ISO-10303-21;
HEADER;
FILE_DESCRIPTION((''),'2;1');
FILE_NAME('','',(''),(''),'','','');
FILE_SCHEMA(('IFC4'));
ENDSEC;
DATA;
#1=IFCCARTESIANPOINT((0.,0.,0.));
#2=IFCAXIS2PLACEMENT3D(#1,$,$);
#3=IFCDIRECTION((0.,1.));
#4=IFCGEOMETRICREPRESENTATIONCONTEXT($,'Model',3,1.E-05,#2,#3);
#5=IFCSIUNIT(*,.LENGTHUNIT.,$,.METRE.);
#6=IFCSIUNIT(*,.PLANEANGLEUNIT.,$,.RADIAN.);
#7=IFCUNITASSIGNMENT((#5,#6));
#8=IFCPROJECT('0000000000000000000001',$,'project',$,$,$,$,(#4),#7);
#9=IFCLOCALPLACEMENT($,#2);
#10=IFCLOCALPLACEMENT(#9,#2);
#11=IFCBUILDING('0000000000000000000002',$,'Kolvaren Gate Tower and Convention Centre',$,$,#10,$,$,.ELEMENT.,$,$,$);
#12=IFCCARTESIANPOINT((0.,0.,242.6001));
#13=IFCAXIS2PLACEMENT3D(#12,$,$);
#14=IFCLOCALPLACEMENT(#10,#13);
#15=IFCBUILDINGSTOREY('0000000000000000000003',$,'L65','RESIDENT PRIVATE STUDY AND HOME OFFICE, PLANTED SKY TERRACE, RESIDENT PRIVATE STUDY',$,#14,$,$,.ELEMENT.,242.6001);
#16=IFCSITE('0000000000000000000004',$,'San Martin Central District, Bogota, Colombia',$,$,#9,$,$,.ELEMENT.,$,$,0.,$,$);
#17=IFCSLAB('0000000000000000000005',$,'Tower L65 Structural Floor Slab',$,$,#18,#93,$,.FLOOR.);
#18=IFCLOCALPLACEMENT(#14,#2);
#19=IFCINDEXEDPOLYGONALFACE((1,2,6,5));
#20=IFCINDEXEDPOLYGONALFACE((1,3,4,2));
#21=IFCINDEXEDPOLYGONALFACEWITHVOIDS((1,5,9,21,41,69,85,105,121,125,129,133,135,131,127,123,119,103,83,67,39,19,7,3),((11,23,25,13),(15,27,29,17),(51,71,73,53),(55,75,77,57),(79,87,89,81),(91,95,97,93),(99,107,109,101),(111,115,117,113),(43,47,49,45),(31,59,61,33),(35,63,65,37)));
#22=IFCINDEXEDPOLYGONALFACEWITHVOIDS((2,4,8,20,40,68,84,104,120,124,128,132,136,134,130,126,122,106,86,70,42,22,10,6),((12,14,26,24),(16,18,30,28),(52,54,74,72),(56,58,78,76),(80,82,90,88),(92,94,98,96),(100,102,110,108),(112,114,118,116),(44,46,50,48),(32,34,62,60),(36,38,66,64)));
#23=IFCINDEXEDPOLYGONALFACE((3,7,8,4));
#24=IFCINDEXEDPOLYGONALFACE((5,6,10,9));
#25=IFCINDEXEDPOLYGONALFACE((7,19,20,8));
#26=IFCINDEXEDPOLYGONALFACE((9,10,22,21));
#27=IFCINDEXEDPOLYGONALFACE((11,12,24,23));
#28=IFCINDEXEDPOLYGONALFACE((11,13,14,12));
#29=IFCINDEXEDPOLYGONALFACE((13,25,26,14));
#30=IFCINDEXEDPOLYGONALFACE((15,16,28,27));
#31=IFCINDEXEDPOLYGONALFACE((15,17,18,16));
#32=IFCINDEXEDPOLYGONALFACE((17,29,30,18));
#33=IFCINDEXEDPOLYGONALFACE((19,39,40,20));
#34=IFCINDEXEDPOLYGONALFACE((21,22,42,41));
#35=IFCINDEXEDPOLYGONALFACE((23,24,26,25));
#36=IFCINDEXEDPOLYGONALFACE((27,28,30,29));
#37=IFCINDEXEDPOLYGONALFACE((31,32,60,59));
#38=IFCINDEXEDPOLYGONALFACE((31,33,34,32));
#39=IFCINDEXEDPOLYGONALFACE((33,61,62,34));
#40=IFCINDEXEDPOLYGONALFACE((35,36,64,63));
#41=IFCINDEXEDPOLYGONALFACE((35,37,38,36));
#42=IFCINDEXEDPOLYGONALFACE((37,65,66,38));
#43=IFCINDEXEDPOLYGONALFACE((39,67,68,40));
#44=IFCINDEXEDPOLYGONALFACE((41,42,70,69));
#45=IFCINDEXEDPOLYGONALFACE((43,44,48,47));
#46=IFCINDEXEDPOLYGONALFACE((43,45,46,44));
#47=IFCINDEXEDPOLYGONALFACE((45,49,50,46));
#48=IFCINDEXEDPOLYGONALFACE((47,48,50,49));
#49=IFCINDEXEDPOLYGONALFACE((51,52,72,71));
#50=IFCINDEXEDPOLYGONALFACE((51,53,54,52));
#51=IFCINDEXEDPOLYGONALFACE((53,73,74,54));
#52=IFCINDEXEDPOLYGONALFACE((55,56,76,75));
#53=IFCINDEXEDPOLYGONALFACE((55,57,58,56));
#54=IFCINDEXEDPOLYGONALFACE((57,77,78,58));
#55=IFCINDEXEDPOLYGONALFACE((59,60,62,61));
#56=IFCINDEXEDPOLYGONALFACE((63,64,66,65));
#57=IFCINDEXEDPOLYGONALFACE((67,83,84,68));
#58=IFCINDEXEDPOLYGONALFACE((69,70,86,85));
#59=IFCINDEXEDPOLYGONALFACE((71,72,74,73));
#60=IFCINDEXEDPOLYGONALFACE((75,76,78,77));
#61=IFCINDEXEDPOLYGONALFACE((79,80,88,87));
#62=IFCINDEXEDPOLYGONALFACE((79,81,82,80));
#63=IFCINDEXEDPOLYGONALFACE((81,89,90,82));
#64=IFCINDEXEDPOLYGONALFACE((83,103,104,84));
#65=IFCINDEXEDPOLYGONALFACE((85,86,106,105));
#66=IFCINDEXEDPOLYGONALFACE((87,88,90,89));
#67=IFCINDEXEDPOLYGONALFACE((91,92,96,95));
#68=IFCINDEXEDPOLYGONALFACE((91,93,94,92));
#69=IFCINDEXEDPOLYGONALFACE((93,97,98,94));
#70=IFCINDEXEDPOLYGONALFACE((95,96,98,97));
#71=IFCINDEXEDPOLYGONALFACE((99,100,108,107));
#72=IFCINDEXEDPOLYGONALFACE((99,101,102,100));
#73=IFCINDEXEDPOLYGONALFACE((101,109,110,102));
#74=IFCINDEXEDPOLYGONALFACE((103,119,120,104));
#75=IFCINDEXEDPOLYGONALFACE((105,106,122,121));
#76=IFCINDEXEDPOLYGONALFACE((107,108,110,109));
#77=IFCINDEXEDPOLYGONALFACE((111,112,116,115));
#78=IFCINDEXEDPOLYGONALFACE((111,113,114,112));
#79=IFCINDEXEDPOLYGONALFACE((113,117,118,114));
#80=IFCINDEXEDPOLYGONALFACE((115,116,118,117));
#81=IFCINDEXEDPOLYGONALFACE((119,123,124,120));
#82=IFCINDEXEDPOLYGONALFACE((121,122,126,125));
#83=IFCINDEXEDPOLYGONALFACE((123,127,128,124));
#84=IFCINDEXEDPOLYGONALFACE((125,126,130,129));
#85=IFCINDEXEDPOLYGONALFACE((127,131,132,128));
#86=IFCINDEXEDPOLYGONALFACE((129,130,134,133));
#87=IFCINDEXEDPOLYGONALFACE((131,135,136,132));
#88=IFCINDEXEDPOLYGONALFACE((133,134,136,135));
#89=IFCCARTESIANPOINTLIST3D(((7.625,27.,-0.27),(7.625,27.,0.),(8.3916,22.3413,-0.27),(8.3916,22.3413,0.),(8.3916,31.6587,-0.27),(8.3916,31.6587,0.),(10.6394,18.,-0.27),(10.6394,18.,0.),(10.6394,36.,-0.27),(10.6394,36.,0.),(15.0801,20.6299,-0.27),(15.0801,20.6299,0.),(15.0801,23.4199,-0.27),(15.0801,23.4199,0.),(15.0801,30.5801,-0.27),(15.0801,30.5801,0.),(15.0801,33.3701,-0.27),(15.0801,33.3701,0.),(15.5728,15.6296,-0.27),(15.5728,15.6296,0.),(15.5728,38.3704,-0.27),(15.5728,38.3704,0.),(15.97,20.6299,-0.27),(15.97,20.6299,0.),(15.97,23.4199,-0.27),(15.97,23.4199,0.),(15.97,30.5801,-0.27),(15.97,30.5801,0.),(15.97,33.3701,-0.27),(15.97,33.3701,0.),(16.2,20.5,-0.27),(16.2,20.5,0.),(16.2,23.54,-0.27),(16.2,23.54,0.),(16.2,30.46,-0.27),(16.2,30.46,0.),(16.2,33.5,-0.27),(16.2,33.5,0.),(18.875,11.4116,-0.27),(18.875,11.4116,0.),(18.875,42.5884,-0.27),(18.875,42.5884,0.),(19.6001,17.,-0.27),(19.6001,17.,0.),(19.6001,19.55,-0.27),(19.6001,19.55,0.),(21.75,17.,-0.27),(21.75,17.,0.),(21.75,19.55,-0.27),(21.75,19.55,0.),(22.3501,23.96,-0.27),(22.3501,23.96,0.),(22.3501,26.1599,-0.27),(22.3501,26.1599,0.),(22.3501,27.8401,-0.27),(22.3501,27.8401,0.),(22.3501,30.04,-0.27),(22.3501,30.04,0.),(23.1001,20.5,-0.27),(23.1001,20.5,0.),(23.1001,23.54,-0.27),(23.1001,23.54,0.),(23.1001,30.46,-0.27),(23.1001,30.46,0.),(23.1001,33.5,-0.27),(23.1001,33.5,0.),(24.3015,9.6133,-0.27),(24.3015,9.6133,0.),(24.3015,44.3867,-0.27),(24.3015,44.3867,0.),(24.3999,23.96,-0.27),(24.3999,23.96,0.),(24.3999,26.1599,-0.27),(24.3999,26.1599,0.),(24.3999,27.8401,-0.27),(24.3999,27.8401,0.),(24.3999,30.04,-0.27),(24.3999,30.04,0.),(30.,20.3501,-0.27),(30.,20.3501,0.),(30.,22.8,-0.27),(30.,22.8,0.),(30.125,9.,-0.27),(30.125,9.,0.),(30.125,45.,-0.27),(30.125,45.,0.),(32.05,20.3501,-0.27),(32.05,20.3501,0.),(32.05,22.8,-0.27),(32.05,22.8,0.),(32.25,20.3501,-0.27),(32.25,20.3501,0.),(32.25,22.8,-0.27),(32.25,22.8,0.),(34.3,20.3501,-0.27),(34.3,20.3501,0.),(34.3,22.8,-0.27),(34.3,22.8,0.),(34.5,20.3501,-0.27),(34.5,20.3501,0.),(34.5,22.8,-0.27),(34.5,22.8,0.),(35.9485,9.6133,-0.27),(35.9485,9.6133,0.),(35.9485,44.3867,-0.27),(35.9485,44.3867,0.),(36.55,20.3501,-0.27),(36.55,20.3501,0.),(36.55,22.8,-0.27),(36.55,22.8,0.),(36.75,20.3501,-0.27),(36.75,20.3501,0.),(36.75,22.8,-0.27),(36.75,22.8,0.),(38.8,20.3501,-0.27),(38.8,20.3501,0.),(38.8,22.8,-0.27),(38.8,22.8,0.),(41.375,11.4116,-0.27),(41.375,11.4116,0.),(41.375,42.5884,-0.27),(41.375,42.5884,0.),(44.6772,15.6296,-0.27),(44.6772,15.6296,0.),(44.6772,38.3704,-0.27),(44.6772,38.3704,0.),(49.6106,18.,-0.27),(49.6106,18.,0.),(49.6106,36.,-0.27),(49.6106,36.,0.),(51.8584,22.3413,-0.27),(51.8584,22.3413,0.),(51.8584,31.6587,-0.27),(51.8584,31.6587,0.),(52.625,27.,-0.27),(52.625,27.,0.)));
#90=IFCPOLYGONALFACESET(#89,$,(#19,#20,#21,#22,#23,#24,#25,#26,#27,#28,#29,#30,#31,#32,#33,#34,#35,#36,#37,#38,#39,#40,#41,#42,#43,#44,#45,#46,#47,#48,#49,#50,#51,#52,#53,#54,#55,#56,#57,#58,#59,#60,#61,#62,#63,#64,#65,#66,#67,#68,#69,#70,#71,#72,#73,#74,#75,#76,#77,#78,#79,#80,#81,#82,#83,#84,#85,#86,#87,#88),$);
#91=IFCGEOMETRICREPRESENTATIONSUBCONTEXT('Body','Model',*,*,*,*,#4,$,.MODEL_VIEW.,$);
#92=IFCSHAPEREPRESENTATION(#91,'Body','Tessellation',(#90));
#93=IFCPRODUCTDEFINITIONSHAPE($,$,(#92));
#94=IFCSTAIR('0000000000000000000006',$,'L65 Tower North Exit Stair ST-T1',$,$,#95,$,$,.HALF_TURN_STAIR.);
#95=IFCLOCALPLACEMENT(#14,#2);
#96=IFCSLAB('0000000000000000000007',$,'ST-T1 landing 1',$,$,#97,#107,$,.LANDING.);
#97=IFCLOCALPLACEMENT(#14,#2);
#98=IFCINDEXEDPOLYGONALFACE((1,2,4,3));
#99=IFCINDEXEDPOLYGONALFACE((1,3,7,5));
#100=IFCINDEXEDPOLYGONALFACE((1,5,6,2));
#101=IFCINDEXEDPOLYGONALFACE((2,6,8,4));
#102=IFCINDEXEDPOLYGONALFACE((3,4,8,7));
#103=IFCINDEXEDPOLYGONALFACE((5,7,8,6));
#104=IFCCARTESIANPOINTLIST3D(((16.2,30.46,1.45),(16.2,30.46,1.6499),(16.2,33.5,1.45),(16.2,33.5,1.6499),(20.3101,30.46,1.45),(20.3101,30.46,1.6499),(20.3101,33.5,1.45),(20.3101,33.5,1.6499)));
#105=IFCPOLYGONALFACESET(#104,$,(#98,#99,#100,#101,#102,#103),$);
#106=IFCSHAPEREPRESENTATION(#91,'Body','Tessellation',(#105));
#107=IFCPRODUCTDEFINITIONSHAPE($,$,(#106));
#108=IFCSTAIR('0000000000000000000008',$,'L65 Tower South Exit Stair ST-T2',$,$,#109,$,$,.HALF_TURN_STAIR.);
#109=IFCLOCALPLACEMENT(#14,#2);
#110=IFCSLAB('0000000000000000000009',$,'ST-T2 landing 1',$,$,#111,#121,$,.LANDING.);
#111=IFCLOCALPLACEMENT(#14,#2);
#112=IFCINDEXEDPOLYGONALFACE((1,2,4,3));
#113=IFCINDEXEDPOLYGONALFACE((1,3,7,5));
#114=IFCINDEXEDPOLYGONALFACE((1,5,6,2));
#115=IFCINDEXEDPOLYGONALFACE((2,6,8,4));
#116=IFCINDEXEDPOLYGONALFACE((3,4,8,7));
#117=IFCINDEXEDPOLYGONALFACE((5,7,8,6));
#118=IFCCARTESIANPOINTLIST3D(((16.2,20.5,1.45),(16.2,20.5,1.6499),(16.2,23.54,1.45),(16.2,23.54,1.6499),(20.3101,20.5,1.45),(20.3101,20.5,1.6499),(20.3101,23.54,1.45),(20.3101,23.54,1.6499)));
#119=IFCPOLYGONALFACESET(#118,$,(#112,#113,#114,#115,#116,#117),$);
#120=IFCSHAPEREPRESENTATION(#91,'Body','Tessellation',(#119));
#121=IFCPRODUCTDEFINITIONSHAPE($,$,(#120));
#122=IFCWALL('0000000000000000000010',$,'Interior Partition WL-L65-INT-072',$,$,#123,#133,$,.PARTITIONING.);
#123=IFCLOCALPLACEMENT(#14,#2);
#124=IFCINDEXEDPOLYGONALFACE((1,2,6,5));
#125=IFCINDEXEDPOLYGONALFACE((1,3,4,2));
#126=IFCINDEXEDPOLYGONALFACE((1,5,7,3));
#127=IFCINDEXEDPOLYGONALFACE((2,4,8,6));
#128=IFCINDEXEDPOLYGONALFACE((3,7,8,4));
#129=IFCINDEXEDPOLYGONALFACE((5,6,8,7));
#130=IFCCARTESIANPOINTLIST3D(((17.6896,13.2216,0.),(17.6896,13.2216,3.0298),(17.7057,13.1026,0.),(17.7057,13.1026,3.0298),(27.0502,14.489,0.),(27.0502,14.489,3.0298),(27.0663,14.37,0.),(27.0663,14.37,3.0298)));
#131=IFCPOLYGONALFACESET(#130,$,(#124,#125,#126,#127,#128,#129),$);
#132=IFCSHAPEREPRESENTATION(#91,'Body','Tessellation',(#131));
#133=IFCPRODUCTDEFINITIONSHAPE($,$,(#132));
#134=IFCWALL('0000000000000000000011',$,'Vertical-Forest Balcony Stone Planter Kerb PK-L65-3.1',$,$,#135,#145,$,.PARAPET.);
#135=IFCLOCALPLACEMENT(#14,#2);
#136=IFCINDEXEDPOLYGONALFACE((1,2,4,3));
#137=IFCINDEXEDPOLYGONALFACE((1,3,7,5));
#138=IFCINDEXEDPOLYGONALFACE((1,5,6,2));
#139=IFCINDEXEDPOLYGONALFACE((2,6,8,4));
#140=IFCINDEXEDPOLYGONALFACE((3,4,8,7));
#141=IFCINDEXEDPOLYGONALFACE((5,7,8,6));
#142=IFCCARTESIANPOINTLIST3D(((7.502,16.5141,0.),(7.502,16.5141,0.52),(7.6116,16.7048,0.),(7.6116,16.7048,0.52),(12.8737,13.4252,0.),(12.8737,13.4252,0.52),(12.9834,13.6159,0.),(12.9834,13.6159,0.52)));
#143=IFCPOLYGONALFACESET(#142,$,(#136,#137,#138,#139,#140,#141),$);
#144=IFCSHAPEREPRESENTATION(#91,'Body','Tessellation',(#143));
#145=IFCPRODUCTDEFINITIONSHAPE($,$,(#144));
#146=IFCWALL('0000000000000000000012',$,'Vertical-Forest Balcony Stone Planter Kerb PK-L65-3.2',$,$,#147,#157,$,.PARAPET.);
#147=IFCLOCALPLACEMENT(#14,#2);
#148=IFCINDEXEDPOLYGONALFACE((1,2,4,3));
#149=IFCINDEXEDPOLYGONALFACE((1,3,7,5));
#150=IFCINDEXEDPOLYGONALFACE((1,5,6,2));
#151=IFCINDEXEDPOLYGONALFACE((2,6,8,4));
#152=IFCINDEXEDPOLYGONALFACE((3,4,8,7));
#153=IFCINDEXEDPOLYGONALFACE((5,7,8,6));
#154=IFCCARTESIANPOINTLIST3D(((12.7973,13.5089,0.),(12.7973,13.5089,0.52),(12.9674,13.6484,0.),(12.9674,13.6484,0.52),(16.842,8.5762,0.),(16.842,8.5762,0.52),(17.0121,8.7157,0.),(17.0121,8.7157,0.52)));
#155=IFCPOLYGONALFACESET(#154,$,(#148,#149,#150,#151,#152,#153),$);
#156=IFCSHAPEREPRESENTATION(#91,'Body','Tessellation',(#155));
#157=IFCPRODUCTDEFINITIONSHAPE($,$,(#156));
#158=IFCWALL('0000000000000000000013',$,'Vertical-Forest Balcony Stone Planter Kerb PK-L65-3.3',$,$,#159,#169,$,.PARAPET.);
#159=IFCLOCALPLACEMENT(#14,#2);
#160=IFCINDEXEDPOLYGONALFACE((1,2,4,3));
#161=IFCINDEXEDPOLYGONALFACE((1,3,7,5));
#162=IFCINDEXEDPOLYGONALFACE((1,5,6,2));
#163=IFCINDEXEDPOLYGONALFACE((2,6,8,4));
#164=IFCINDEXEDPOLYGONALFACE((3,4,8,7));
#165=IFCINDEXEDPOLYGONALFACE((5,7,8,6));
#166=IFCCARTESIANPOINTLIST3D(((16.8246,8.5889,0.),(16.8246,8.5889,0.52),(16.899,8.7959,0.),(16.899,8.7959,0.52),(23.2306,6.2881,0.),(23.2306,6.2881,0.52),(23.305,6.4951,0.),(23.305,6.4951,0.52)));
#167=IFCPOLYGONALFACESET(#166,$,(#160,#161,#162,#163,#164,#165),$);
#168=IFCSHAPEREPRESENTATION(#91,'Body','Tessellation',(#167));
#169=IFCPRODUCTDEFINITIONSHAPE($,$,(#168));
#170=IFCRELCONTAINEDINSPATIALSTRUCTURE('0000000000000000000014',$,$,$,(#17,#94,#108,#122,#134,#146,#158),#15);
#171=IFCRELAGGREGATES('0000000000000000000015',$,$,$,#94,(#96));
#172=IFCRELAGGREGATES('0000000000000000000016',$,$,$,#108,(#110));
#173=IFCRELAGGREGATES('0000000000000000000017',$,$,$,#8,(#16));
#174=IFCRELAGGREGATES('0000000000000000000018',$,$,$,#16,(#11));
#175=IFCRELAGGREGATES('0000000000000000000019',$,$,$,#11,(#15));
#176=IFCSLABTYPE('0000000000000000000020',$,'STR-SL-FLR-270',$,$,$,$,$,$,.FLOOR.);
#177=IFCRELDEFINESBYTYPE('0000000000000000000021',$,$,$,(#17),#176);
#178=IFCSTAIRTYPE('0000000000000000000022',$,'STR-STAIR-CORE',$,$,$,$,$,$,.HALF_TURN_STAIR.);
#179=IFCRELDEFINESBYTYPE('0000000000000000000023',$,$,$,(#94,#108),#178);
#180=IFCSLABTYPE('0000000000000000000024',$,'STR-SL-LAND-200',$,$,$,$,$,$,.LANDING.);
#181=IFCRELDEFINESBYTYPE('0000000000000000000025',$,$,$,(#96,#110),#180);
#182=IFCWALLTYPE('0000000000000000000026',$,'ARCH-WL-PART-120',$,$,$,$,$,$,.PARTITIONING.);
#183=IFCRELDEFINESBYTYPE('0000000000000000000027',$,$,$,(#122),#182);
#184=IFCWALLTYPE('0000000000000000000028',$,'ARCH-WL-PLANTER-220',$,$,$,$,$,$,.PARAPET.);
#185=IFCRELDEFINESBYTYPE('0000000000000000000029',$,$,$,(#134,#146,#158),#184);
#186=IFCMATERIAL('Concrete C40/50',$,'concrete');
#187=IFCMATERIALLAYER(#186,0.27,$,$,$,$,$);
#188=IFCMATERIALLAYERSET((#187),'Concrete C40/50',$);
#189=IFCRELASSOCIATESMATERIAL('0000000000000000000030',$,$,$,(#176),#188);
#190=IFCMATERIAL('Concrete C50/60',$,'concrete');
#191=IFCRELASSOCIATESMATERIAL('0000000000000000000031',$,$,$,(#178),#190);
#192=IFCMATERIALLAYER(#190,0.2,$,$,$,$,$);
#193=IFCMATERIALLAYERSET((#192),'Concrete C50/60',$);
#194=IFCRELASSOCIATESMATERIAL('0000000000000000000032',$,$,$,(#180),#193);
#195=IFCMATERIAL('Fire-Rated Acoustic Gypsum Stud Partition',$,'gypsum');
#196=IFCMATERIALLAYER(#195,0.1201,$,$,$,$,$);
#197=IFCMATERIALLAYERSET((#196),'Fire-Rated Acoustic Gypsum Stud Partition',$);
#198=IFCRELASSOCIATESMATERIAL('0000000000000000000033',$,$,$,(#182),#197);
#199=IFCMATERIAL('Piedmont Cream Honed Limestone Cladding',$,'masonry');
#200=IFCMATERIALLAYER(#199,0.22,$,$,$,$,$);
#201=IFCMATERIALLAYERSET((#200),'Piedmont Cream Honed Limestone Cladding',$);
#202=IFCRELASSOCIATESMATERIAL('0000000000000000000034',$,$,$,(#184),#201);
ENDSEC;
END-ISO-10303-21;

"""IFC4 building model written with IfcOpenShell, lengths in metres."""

from ifc_helpers import new_model, si_unit, direction, frame, frame_2d, origin, place, context, subcontext, project, spatial, polyline, rectangle, outline, extrude, material, layer, layer_set, type_object, element, aggregate, save


model = new_model("IFC4")

# Units and contexts
model_context = context("Model", 3, precision=1e-05, world=origin(), true_north=direction((0.0, 1.0)))
body_context = subcontext(model_context, "Body", "Model", "MODEL_VIEW")
ifc_project = project(units=[si_unit("LENGTHUNIT", "METRE"), si_unit("PLANEANGLEUNIT", "RADIAN")], contexts=[model_context])

# Site, building, storey
site_placement = place(None, origin())
site = spatial("IfcSite", under=ifc_project, at=site_placement, Name="San Martin Central District, Bogota, Colombia", CompositionType="ELEMENT", RefElevation=0.0)
building_placement = place(site_placement, origin())
building = spatial("IfcBuilding", under=site, at=building_placement, Name="Kolvaren Gate Tower and Convention Centre", CompositionType="ELEMENT")
storey_placement = place(building_placement, frame((0.0, 0.0, 242.6001)))
storey = spatial("IfcBuildingStorey", under=building, at=storey_placement, Name="L65", Description="RESIDENT PRIVATE STUDY AND HOME OFFICE, PLANTED SKY TERRACE, RESIDENT PRIVATE STUDY", CompositionType="ELEMENT", Elevation=242.6001)

# Slab
ifc_material_1 = material(Name="Concrete C50/60", Category="concrete")
ifc_material_2 = material(Name="Concrete C40/50", Category="concrete")
ifc_layer_1 = layer(ifc_material_2, 0.27)
ifc_layer_set_1 = layer_set([ifc_layer_1], Name="Concrete C40/50")
slab_type_1 = type_object("IfcSlabType", Name="STR-SL-FLR-270", PredefinedType="FLOOR", material=ifc_layer_set_1)
slab_1_placement = place(storey_placement, frame((0.0, 0.0, -0.27)))
element("IfcSlab", 1, at=slab_1_placement, inside=storey, type_object=slab_type_1, Name="Tower L65 Structural Floor Slab", PredefinedType="FLOOR", context=body_context, shape_type="SweptSolid", body=[
    extrude(outline(polyline([(52.625, 27.0), (51.8584, 31.6587), (49.6106, 36.0), (44.6772, 38.3704), (41.375, 42.5884), (35.9485, 44.3867), (30.125, 45.0), (24.3015, 44.3867), (18.875, 42.5884), (15.5728, 38.3704), (10.6394, 36.0), (8.3916, 31.6587), (7.625, 27.0), (8.3916, 22.3413), (10.6394, 18.0), (15.5728, 15.6296), (18.875, 11.4116), (24.3015, 9.6133), (30.125, 9.0), (35.9485, 9.6133), (41.375, 11.4116), (44.6772, 15.6296), (49.6106, 18.0), (51.8584, 22.3413), (52.625, 27.0)]), holes=[polyline([(36.75, 20.3501), (36.75, 22.8), (38.8, 22.8), (38.8, 20.3501), (36.75, 20.3501)]), polyline([(36.55, 20.3501), (34.5, 20.3501), (34.5, 22.8), (36.55, 22.8), (36.55, 20.3501)]), polyline([(32.25, 20.3501), (32.25, 22.8), (34.3, 22.8), (34.3, 20.3501), (32.25, 20.3501)]), polyline([(30.0, 20.3501), (30.0, 22.8), (32.05, 22.8), (32.05, 20.3501), (30.0, 20.3501)]), polyline([(22.3501, 23.96), (22.3501, 26.1599), (24.3999, 26.1599), (24.3999, 23.96), (22.3501, 23.96)]), polyline([(22.3501, 27.8401), (22.3501, 30.04), (24.3999, 30.04), (24.3999, 27.8401), (22.3501, 27.8401)]), polyline([(16.2, 23.54), (23.1001, 23.54), (23.1001, 20.5), (16.2, 20.5), (16.2, 23.54)]), polyline([(16.2, 33.5), (23.1001, 33.5), (23.1001, 30.46), (16.2, 30.46), (16.2, 33.5)]), polyline([(21.75, 17.0), (19.6001, 17.0), (19.6001, 19.55), (21.75, 19.55), (21.75, 17.0)]), polyline([(15.0801, 30.5801), (15.0801, 33.3701), (15.97, 33.3701), (15.97, 30.5801), (15.0801, 30.5801)]), polyline([(15.97, 20.6299), (15.0801, 20.6299), (15.0801, 23.4199), (15.97, 23.4199), (15.97, 20.6299)])]), origin(), (0.0, 0.0, 1.0), 0.27),
])

# Stairs, slabs
stair_type = type_object("IfcStairType", Name="STR-STAIR-CORE", PredefinedType="HALF_TURN_STAIR", material=ifc_material_1)
stair_1_placement = place(storey_placement, origin())
stair_1 = element("IfcStair", 2, at=stair_1_placement, inside=storey, type_object=stair_type, Name="L65 Tower North Exit Stair ST-T1", PredefinedType="HALF_TURN_STAIR")
ifc_layer_2 = layer(ifc_material_1, 0.2)
ifc_layer_set_2 = layer_set([ifc_layer_2], Name="Concrete C50/60")
slab_type_2 = type_object("IfcSlabType", Name="STR-SL-LAND-200", PredefinedType="LANDING", material=ifc_layer_set_2)
slab_2_placement = place(storey_placement, frame((0.0, 0.0, 1.45)))
slab_2 = element("IfcSlab", 3, at=slab_2_placement, type_object=slab_type_2, Name="ST-T1 landing 1", PredefinedType="LANDING", context=body_context, shape_type="SweptSolid", body=[
    extrude(outline(polyline([(20.3101, 33.5), (16.2, 33.5), (16.2, 30.46), (20.3101, 30.46), (20.3101, 33.5)])), origin(), (0.0, 0.0, 1.0), 0.2),
])
aggregate(stair_1, [slab_2])
stair_2_placement = place(storey_placement, origin())
stair_2 = element("IfcStair", 4, at=stair_2_placement, inside=storey, type_object=stair_type, Name="L65 Tower South Exit Stair ST-T2", PredefinedType="HALF_TURN_STAIR")
slab_3_placement = place(storey_placement, frame((0.0, 0.0, 1.45)))
slab_3 = element("IfcSlab", 5, at=slab_3_placement, type_object=slab_type_2, Name="ST-T2 landing 1", PredefinedType="LANDING", context=body_context, shape_type="SweptSolid", body=[
    extrude(outline(polyline([(20.3101, 23.54), (16.2, 23.54), (16.2, 20.5), (20.3101, 20.5), (20.3101, 23.54)])), origin(), (0.0, 0.0, 1.0), 0.2),
])
aggregate(stair_2, [slab_3])

# Walls
ifc_material_3 = material(Name="Fire-Rated Acoustic Gypsum Stud Partition", Category="gypsum")
ifc_layer_3 = layer(ifc_material_3, 0.1201)
ifc_layer_set_3 = layer_set([ifc_layer_3], Name="Fire-Rated Acoustic Gypsum Stud Partition")
wall_type_1 = type_object("IfcWallType", Name="ARCH-WL-PART-120", PredefinedType="PARTITIONING", material=ifc_layer_set_3)
wall_1_placement = place(storey_placement, frame((17.6975, 13.1621, 0.0), z_axis=(0.0, 0.0, 1.0), x_axis=(0.990959, 0.134166, 0.0)))
element("IfcWall", 6, at=wall_1_placement, inside=storey, type_object=wall_type_1, Name="Interior Partition WL-L65-INT-072", PredefinedType="PARTITIONING", context=body_context, shape_type="SweptSolid", body=[
    extrude(rectangle(XDim=9.446, YDim=0.1201, at=frame_2d((4.7231, 0.0))), origin(), (0.0, 0.0, 1.0), 3.0298),
])
ifc_material_4 = material(Name="Piedmont Cream Honed Limestone Cladding", Category="masonry")
ifc_layer_4 = layer(ifc_material_4, 0.22)
ifc_layer_set_4 = layer_set([ifc_layer_4], Name="Piedmont Cream Honed Limestone Cladding")
wall_type_2 = type_object("IfcWallType", Name="ARCH-WL-PLANTER-220", PredefinedType="PARAPET", material=ifc_layer_set_4)
wall_2_placement = place(storey_placement, frame((7.5569, 16.6094, 0.0), z_axis=(0.0, 0.0, 1.0), x_axis=(0.866902, -0.498479, 0.0)))
element("IfcWall", 7, at=wall_2_placement, inside=storey, type_object=wall_type_2, Name="Vertical-Forest Balcony Stone Planter Kerb PK-L65-3.1", PredefinedType="PARAPET", context=body_context, shape_type="SweptSolid", body=[
    extrude(rectangle(XDim=6.1965, YDim=0.22, at=frame_2d((3.0981, 0.0))), origin(), (0.0, 0.0, 1.0), 0.52),
])
wall_3_placement = place(storey_placement, frame((12.8823, 13.5786, 0.0), z_axis=(0.0, 0.0, 1.0), x_axis=(0.634073, -0.773273, 0.0)))
element("IfcWall", 8, at=wall_3_placement, inside=storey, type_object=wall_type_2, Name="Vertical-Forest Balcony Stone Planter Kerb PK-L65-3.2", PredefinedType="PARAPET", context=body_context, shape_type="SweptSolid", body=[
    extrude(rectangle(XDim=6.3789, YDim=0.22, at=frame_2d((3.1895, 0.0))), origin(), (0.0, 0.0, 1.0), 0.52),
])
wall_4_placement = place(storey_placement, frame((16.8618, 8.6924, 0.0), z_axis=(0.0, 0.0, 1.0), x_axis=(0.941139, -0.33802, 0.0)))
element("IfcWall", 9, at=wall_4_placement, inside=storey, type_object=wall_type_2, Name="Vertical-Forest Balcony Stone Planter Kerb PK-L65-3.3", PredefinedType="PARAPET", context=body_context, shape_type="SweptSolid", body=[
    extrude(rectangle(XDim=6.8066, YDim=0.22, at=frame_2d((3.4033, 0.0))), origin(), (0.0, 0.0, 1.0), 0.52),
])

save(model, "model.ifc")
